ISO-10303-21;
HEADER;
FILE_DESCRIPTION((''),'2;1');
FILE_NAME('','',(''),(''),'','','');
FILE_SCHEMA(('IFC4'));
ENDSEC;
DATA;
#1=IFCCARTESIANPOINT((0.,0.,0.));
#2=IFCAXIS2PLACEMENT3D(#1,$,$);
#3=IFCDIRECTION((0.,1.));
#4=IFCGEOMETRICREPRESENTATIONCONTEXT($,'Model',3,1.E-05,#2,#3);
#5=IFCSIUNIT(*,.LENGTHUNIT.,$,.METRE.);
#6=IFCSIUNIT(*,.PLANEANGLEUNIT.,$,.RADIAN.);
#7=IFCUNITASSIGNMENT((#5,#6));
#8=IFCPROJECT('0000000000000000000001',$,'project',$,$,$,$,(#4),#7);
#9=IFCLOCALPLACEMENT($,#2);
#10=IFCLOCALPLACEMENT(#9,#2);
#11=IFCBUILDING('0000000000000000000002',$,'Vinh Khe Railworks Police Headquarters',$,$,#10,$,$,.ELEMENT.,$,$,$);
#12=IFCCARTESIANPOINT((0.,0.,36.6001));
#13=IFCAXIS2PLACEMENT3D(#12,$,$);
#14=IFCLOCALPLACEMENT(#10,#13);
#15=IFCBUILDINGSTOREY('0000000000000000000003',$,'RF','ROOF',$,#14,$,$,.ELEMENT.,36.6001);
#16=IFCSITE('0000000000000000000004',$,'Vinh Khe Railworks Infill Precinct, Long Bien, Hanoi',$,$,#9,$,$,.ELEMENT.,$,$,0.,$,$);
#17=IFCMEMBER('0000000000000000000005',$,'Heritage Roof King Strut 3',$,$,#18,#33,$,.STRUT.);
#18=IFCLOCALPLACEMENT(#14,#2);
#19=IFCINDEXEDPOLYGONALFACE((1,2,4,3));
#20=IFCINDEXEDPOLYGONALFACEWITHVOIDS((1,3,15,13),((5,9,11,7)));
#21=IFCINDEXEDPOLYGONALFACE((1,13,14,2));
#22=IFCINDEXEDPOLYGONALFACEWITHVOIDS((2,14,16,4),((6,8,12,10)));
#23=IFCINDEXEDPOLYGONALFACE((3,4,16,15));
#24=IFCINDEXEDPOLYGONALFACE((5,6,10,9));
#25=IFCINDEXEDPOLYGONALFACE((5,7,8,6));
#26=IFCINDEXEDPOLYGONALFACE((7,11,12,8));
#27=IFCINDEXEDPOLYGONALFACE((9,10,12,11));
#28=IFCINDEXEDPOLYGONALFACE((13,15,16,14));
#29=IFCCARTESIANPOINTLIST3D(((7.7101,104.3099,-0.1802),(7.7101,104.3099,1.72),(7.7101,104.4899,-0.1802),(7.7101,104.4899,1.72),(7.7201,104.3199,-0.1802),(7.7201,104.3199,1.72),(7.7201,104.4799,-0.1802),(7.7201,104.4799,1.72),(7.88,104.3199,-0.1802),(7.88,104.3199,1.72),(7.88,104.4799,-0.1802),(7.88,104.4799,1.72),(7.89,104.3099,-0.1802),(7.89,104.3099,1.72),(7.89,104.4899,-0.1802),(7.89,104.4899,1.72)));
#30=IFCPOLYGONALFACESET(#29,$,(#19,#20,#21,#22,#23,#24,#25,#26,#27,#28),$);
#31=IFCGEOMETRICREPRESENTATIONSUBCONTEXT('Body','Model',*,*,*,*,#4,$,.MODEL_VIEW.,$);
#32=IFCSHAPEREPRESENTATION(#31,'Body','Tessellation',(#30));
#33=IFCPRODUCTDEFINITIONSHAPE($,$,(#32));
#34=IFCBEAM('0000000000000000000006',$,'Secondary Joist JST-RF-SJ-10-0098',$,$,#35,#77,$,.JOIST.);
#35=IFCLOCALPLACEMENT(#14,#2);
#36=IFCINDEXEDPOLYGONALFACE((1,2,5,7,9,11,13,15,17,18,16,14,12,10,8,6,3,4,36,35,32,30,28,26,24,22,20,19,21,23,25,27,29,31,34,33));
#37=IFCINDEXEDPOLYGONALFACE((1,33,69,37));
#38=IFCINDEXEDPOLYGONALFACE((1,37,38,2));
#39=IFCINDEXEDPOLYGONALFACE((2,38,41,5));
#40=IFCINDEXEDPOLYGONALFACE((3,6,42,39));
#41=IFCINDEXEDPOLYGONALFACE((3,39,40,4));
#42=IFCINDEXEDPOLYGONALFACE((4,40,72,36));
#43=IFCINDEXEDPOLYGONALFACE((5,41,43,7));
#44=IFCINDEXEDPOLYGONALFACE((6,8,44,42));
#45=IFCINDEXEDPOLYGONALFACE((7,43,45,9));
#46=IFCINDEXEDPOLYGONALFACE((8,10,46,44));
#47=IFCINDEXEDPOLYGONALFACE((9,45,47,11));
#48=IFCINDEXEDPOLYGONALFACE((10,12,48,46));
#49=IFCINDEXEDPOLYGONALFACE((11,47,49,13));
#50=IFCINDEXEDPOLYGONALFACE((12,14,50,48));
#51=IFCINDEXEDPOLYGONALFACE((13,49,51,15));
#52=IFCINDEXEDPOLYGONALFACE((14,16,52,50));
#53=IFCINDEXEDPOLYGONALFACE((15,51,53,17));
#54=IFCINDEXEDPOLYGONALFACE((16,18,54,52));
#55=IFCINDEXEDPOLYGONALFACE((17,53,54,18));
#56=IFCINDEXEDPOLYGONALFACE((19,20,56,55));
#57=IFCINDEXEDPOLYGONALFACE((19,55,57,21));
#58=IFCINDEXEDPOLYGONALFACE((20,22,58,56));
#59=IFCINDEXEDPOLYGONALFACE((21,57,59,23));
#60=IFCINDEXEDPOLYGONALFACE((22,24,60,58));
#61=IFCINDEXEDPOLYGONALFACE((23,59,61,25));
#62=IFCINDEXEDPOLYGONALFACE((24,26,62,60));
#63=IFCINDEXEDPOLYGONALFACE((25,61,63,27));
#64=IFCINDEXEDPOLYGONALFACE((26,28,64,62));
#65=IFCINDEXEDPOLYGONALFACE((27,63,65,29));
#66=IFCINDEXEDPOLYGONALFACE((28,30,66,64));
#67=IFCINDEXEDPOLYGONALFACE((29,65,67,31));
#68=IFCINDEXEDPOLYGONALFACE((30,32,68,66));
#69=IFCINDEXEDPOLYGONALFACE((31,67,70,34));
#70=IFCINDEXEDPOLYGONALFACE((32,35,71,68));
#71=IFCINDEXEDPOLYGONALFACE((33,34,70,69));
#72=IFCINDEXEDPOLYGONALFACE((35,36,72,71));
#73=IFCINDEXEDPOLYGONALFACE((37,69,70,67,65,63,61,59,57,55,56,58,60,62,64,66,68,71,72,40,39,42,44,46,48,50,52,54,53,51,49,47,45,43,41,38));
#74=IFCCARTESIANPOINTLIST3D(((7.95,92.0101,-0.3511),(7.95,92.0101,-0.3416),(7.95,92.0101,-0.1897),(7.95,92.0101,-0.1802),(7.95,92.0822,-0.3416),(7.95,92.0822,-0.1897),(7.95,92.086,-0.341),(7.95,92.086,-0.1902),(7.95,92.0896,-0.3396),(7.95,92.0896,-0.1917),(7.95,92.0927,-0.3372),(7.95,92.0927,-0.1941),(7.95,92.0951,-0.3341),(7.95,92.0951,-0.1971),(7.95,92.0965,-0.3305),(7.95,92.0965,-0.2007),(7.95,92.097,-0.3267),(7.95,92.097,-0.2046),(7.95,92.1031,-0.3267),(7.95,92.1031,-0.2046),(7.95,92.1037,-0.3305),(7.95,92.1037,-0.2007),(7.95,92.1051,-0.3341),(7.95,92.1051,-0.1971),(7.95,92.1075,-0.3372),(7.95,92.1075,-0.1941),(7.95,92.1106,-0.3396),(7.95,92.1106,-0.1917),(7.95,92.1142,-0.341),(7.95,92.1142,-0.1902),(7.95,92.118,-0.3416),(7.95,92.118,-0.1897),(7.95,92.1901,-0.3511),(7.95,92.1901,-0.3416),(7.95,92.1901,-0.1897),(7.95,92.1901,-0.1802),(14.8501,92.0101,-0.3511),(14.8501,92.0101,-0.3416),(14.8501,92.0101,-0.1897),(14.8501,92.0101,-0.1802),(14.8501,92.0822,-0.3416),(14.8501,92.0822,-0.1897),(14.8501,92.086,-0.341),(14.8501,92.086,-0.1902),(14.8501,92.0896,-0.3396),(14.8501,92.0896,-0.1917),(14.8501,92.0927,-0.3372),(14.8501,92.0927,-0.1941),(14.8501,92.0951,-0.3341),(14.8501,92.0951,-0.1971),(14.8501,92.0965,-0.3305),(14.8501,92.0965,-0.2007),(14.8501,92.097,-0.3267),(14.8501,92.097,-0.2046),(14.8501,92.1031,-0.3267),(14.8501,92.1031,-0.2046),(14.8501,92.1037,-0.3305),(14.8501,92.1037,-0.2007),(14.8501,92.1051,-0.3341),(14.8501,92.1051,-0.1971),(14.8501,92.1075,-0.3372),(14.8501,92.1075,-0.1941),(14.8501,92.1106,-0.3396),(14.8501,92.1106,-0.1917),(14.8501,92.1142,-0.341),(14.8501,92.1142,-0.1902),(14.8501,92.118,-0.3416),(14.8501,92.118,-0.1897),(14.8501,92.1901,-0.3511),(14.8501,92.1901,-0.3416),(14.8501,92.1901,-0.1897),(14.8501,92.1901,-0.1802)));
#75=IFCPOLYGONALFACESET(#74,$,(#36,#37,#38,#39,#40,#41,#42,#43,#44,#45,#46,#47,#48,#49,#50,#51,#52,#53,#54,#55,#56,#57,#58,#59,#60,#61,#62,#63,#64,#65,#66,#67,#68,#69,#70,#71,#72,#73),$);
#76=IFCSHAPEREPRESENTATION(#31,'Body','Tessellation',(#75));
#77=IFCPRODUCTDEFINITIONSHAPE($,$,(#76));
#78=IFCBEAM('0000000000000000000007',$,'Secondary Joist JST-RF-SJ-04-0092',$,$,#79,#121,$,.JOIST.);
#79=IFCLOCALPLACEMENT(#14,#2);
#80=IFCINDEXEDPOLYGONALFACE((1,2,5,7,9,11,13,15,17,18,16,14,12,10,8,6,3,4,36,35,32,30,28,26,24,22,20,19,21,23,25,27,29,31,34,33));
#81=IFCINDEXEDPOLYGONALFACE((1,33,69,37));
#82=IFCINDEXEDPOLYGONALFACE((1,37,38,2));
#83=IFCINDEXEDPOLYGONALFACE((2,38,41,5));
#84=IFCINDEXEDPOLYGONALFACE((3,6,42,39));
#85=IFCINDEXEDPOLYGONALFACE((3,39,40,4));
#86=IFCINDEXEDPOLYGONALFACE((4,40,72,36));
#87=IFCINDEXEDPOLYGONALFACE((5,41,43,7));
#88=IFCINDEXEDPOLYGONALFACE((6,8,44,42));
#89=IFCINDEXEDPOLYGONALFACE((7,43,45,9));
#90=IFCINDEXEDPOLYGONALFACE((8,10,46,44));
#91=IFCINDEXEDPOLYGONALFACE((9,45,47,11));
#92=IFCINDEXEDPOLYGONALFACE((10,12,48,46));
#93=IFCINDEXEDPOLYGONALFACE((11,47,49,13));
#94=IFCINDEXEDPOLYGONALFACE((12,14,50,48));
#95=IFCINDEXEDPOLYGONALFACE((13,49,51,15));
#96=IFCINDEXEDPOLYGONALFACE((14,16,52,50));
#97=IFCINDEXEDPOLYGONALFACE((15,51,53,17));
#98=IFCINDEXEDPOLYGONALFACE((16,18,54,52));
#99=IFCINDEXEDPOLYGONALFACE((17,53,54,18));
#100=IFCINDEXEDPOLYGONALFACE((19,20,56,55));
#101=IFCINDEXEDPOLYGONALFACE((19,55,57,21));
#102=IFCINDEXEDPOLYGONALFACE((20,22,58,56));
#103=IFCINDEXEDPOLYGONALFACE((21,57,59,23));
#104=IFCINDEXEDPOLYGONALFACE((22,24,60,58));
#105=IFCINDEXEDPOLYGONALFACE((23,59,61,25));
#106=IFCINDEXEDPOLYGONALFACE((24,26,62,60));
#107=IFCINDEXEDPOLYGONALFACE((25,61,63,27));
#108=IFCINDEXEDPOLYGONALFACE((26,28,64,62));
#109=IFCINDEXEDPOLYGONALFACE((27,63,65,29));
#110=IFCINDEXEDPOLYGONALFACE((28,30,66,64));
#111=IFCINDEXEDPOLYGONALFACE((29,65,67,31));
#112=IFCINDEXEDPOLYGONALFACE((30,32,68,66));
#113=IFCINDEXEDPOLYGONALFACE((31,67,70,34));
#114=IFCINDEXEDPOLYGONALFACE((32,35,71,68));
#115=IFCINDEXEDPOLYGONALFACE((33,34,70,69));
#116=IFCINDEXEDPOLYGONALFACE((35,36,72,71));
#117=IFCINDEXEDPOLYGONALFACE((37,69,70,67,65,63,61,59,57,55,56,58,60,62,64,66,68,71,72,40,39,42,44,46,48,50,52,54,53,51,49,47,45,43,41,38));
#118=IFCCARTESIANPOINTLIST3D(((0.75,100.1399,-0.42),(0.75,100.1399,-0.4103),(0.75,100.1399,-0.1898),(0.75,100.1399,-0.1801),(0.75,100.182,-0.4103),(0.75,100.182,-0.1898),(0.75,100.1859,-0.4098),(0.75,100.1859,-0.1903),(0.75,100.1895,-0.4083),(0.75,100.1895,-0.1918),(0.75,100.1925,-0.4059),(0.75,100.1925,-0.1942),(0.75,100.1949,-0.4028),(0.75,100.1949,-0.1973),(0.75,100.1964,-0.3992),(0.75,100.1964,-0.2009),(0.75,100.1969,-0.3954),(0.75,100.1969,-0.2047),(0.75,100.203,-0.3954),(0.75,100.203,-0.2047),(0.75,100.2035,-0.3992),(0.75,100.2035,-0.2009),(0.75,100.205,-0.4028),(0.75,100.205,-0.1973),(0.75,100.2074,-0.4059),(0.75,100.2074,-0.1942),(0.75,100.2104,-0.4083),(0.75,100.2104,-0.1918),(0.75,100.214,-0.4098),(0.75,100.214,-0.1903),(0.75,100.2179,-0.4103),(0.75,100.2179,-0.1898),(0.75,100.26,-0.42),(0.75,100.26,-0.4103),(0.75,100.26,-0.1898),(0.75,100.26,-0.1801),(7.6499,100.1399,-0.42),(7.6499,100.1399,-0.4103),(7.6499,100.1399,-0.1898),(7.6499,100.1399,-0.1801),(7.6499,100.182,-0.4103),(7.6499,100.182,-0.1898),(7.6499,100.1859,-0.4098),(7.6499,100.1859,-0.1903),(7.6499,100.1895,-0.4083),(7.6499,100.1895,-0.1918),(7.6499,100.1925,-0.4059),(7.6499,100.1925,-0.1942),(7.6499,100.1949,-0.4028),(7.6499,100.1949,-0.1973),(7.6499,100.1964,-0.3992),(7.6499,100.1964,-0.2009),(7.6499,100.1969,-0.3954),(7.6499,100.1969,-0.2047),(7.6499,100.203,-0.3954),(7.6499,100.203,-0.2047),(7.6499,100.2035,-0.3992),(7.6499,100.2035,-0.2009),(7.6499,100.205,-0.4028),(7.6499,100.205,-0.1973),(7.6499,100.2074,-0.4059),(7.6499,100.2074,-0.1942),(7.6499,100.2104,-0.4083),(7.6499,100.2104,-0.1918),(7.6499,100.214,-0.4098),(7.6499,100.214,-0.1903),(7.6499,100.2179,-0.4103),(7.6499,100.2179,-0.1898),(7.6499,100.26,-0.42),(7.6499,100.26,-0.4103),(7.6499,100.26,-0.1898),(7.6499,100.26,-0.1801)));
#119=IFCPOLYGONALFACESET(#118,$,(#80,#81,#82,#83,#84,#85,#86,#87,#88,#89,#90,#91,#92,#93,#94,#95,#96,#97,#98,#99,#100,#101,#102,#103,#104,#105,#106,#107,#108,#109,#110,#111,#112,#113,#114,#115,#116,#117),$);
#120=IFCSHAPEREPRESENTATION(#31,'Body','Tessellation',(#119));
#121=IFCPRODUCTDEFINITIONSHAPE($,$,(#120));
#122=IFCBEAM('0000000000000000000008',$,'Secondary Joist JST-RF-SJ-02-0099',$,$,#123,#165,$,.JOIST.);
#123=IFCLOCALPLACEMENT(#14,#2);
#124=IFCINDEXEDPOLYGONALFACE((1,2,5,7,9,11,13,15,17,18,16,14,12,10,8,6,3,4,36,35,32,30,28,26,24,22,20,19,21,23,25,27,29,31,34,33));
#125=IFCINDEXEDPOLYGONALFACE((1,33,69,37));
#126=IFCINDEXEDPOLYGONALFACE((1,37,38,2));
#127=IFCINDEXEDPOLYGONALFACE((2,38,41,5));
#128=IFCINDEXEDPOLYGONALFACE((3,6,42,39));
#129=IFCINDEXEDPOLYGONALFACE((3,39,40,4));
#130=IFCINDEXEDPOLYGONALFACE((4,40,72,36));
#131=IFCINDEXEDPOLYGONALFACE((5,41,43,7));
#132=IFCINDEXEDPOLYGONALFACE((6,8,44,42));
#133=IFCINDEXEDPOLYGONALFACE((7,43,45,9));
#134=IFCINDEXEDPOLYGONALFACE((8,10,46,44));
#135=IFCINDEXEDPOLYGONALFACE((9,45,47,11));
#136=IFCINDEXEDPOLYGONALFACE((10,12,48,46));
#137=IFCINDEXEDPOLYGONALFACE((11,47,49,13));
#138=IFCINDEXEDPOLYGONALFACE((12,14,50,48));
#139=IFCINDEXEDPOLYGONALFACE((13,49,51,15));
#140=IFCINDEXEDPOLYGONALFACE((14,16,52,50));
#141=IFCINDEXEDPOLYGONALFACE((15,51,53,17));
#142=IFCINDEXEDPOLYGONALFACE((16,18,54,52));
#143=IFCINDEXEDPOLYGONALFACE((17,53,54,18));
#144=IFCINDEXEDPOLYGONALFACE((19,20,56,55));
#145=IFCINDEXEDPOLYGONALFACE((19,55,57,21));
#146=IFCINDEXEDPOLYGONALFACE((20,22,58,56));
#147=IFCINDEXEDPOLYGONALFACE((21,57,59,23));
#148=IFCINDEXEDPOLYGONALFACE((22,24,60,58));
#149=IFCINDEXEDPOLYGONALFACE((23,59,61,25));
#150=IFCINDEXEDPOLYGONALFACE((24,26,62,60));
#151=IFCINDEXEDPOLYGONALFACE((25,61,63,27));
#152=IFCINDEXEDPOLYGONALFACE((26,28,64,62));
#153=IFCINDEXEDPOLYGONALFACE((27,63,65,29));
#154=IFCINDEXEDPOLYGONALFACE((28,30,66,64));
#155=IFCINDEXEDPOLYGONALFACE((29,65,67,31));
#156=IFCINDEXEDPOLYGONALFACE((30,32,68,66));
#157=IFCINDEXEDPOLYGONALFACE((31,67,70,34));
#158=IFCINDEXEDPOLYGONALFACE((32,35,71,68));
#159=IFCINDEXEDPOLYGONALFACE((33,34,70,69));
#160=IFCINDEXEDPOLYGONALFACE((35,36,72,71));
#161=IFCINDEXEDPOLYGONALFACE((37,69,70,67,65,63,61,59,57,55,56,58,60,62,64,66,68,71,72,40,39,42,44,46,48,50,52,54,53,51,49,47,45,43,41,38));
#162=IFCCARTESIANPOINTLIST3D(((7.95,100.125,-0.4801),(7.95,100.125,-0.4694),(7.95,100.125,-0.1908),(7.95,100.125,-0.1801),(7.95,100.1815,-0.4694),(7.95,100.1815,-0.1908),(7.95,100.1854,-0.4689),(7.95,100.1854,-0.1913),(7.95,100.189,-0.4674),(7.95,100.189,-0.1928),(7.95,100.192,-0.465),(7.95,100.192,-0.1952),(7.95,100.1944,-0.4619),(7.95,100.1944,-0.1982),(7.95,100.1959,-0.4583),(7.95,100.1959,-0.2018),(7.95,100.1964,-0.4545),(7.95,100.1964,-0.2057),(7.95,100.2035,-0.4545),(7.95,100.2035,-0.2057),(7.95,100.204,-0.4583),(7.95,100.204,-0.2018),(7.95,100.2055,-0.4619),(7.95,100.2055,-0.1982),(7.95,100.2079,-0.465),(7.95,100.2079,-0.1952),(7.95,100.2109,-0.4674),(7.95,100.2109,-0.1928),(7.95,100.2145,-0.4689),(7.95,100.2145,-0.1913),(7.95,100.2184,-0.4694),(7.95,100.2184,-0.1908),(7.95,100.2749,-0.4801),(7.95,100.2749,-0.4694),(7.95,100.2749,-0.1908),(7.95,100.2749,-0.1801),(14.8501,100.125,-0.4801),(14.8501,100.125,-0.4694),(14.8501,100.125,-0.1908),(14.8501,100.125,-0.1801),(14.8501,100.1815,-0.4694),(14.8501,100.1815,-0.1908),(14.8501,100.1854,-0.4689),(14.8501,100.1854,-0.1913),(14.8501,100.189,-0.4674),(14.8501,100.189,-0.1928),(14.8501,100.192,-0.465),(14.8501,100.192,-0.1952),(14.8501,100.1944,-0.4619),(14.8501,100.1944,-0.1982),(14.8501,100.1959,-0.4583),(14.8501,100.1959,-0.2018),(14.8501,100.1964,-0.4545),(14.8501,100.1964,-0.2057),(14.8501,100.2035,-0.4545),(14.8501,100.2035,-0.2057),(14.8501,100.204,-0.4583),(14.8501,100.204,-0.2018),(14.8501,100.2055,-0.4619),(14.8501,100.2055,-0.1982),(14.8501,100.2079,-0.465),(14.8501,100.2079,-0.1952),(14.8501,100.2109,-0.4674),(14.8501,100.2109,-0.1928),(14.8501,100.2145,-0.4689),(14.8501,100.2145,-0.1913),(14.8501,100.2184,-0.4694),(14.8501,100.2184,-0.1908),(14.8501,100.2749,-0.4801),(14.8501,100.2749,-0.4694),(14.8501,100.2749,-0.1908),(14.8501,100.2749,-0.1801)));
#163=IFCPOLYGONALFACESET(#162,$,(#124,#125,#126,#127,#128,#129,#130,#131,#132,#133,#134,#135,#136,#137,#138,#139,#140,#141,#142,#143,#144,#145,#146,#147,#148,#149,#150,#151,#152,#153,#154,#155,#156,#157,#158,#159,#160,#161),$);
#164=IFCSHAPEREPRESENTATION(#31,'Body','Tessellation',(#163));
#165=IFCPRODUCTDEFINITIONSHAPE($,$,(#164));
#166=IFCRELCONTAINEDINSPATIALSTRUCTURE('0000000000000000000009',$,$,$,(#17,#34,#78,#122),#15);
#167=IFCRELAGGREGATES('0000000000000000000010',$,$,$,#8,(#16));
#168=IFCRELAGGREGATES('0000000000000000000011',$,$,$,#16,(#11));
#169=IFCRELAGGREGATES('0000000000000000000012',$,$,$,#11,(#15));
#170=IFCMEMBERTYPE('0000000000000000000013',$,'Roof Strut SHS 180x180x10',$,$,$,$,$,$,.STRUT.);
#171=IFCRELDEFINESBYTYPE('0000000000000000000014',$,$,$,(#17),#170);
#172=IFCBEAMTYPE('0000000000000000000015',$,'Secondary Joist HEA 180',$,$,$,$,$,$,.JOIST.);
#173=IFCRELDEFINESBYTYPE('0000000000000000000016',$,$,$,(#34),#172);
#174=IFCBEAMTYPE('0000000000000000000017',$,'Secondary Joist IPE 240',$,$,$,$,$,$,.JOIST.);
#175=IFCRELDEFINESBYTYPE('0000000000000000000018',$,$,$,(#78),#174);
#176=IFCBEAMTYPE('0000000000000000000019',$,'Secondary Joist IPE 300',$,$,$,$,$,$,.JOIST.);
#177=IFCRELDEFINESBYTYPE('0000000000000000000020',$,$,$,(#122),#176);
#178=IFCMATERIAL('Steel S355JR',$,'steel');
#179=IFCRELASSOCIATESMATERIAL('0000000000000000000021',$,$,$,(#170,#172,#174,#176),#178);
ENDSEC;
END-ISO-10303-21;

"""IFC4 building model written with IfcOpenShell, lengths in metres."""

from ifc_helpers import new_model, si_unit, direction, frame, origin, origin_2d, place, context, subcontext, project, spatial, hollow_rectangle, i_section, extrude, material, material_profile, profile_set, type_object, element, save


model = new_model("IFC4")

# Units and contexts
model_context = context("Model", 3, precision=1e-05, world=origin(), true_north=direction((0.0, 1.0)))
body_context = subcontext(model_context, "Body", "Model", "MODEL_VIEW")
ifc_project = project(units=[si_unit("LENGTHUNIT", "METRE"), si_unit("PLANEANGLEUNIT", "RADIAN")], contexts=[model_context])

# Site, building, storey
site_placement = place(None, origin())
site = spatial("IfcSite", under=ifc_project, at=site_placement, Name="Vinh Khe Railworks Infill Precinct, Long Bien, Hanoi", CompositionType="ELEMENT", RefElevation=0.0)
building_placement = place(site_placement, origin())
building = spatial("IfcBuilding", under=site, at=building_placement, Name="Vinh Khe Railworks Police Headquarters", CompositionType="ELEMENT")
storey_placement = place(building_placement, frame((0.0, 0.0, 36.6001)))
storey = spatial("IfcBuildingStorey", under=building, at=storey_placement, Name="RF", Description="ROOF", CompositionType="ELEMENT", Elevation=36.6001)

# Member
ifc_material_1 = material(Name="Steel S355JR", Category="steel")
ifc_material_profile_1 = material_profile(ifc_material_1, hollow_rectangle(XDim=0.1799, YDim=0.1799, WallThickness=0.01, at=origin_2d()), Name="SHS 180x180x10")
ifc_profile_set_1 = profile_set([ifc_material_profile_1], Name="Steel S355JR")
member_type_1 = type_object("IfcMemberType", Name="Roof Strut SHS 180x180x10", PredefinedType="STRUT", material=ifc_profile_set_1)
member_placement = place(storey_placement, frame((7.8, 104.3999, -0.1802), z_axis=(0.0, 0.0, 1.0), x_axis=(1.0, 0.0, 0.0)))
element("IfcMember", 1, at=member_placement, inside=storey, type_object=member_type_1, Name="Heritage Roof King Strut 3", PredefinedType="STRUT", context=body_context, shape_type="SweptSolid", body=[
    extrude(hollow_rectangle(XDim=0.1799, YDim=0.1799, WallThickness=0.01, at=origin_2d()), origin(), (0.0, 0.0, 1.0), 1.9001),
])

# Beams
ifc_material_profile_2 = material_profile(ifc_material_1, i_section(OverallWidth=0.1799, OverallDepth=0.1709, WebThickness=0.0061, FlangeThickness=0.0095, FilletRadius=0.0149, at=origin_2d()), Name="HEA 180")
ifc_profile_set_2 = profile_set([ifc_material_profile_2], Name="Steel S355JR")
beam_type_1 = type_object("IfcBeamType", Name="Secondary Joist HEA 180", PredefinedType="JOIST", material=ifc_profile_set_2)
beam_1_placement = place(storey_placement, frame((7.95, 92.1001, -0.2656), z_axis=(1.0, 0.0, 0.0), x_axis=(0.0, 1.0, 0.0)))
element("IfcBeam", 2, at=beam_1_placement, inside=storey, type_object=beam_type_1, Name="Secondary Joist JST-RF-SJ-10-0098", PredefinedType="JOIST", context=body_context, shape_type="SweptSolid", body=[
    extrude(i_section(OverallWidth=0.1799, OverallDepth=0.1709, WebThickness=0.0061, FlangeThickness=0.0095, FilletRadius=0.0149, at=origin_2d()), origin(), (0.0, 0.0, 1.0), 6.9001),
])
ifc_material_profile_3 = material_profile(ifc_material_1, i_section(OverallWidth=0.1201, OverallDepth=0.24, WebThickness=0.0061, FlangeThickness=0.0098, FilletRadius=0.0149, at=origin_2d()), Name="IPE 240")
ifc_profile_set_3 = profile_set([ifc_material_profile_3], Name="Steel S355JR")
beam_type_2 = type_object("IfcBeamType", Name="Secondary Joist IPE 240", PredefinedType="JOIST", material=ifc_profile_set_3)
beam_2_placement = place(storey_placement, frame((0.75, 100.2, -0.3), z_axis=(1.0, 0.0, 0.0), x_axis=(0.0, 1.0, 0.0)))
element("IfcBeam", 3, at=beam_2_placement, inside=storey, type_object=beam_type_2, Name="Secondary Joist JST-RF-SJ-04-0092", PredefinedType="JOIST", context=body_context, shape_type="SweptSolid", body=[
    extrude(i_section(OverallWidth=0.1201, OverallDepth=0.24, WebThickness=0.0061, FlangeThickness=0.0098, FilletRadius=0.0149, at=origin_2d()), origin(), (0.0, 0.0, 1.0), 6.8999),
])
ifc_material_profile_4 = material_profile(ifc_material_1, i_section(OverallWidth=0.1499, OverallDepth=0.3, WebThickness=0.0071, FlangeThickness=0.0107, FilletRadius=0.0149, at=origin_2d()), Name="IPE 300")
ifc_profile_set_4 = profile_set([ifc_material_profile_4], Name="Steel S355JR")
beam_type_3 = type_object("IfcBeamType", Name="Secondary Joist IPE 300", PredefinedType="JOIST", material=ifc_profile_set_4)
beam_3_placement = place(storey_placement, frame((7.95, 100.2, -0.3301), z_axis=(1.0, 0.0, 0.0), x_axis=(0.0, 1.0, 0.0)))
element("IfcBeam", 4, at=beam_3_placement, inside=storey, type_object=beam_type_3, Name="Secondary Joist JST-RF-SJ-02-0099", PredefinedType="JOIST", context=body_context, shape_type="SweptSolid", body=[
    extrude(i_section(OverallWidth=0.1499, OverallDepth=0.3, WebThickness=0.0071, FlangeThickness=0.0107, FilletRadius=0.0149, at=origin_2d()), origin(), (0.0, 0.0, 1.0), 6.9001),
])

save(model, "model.ifc")
